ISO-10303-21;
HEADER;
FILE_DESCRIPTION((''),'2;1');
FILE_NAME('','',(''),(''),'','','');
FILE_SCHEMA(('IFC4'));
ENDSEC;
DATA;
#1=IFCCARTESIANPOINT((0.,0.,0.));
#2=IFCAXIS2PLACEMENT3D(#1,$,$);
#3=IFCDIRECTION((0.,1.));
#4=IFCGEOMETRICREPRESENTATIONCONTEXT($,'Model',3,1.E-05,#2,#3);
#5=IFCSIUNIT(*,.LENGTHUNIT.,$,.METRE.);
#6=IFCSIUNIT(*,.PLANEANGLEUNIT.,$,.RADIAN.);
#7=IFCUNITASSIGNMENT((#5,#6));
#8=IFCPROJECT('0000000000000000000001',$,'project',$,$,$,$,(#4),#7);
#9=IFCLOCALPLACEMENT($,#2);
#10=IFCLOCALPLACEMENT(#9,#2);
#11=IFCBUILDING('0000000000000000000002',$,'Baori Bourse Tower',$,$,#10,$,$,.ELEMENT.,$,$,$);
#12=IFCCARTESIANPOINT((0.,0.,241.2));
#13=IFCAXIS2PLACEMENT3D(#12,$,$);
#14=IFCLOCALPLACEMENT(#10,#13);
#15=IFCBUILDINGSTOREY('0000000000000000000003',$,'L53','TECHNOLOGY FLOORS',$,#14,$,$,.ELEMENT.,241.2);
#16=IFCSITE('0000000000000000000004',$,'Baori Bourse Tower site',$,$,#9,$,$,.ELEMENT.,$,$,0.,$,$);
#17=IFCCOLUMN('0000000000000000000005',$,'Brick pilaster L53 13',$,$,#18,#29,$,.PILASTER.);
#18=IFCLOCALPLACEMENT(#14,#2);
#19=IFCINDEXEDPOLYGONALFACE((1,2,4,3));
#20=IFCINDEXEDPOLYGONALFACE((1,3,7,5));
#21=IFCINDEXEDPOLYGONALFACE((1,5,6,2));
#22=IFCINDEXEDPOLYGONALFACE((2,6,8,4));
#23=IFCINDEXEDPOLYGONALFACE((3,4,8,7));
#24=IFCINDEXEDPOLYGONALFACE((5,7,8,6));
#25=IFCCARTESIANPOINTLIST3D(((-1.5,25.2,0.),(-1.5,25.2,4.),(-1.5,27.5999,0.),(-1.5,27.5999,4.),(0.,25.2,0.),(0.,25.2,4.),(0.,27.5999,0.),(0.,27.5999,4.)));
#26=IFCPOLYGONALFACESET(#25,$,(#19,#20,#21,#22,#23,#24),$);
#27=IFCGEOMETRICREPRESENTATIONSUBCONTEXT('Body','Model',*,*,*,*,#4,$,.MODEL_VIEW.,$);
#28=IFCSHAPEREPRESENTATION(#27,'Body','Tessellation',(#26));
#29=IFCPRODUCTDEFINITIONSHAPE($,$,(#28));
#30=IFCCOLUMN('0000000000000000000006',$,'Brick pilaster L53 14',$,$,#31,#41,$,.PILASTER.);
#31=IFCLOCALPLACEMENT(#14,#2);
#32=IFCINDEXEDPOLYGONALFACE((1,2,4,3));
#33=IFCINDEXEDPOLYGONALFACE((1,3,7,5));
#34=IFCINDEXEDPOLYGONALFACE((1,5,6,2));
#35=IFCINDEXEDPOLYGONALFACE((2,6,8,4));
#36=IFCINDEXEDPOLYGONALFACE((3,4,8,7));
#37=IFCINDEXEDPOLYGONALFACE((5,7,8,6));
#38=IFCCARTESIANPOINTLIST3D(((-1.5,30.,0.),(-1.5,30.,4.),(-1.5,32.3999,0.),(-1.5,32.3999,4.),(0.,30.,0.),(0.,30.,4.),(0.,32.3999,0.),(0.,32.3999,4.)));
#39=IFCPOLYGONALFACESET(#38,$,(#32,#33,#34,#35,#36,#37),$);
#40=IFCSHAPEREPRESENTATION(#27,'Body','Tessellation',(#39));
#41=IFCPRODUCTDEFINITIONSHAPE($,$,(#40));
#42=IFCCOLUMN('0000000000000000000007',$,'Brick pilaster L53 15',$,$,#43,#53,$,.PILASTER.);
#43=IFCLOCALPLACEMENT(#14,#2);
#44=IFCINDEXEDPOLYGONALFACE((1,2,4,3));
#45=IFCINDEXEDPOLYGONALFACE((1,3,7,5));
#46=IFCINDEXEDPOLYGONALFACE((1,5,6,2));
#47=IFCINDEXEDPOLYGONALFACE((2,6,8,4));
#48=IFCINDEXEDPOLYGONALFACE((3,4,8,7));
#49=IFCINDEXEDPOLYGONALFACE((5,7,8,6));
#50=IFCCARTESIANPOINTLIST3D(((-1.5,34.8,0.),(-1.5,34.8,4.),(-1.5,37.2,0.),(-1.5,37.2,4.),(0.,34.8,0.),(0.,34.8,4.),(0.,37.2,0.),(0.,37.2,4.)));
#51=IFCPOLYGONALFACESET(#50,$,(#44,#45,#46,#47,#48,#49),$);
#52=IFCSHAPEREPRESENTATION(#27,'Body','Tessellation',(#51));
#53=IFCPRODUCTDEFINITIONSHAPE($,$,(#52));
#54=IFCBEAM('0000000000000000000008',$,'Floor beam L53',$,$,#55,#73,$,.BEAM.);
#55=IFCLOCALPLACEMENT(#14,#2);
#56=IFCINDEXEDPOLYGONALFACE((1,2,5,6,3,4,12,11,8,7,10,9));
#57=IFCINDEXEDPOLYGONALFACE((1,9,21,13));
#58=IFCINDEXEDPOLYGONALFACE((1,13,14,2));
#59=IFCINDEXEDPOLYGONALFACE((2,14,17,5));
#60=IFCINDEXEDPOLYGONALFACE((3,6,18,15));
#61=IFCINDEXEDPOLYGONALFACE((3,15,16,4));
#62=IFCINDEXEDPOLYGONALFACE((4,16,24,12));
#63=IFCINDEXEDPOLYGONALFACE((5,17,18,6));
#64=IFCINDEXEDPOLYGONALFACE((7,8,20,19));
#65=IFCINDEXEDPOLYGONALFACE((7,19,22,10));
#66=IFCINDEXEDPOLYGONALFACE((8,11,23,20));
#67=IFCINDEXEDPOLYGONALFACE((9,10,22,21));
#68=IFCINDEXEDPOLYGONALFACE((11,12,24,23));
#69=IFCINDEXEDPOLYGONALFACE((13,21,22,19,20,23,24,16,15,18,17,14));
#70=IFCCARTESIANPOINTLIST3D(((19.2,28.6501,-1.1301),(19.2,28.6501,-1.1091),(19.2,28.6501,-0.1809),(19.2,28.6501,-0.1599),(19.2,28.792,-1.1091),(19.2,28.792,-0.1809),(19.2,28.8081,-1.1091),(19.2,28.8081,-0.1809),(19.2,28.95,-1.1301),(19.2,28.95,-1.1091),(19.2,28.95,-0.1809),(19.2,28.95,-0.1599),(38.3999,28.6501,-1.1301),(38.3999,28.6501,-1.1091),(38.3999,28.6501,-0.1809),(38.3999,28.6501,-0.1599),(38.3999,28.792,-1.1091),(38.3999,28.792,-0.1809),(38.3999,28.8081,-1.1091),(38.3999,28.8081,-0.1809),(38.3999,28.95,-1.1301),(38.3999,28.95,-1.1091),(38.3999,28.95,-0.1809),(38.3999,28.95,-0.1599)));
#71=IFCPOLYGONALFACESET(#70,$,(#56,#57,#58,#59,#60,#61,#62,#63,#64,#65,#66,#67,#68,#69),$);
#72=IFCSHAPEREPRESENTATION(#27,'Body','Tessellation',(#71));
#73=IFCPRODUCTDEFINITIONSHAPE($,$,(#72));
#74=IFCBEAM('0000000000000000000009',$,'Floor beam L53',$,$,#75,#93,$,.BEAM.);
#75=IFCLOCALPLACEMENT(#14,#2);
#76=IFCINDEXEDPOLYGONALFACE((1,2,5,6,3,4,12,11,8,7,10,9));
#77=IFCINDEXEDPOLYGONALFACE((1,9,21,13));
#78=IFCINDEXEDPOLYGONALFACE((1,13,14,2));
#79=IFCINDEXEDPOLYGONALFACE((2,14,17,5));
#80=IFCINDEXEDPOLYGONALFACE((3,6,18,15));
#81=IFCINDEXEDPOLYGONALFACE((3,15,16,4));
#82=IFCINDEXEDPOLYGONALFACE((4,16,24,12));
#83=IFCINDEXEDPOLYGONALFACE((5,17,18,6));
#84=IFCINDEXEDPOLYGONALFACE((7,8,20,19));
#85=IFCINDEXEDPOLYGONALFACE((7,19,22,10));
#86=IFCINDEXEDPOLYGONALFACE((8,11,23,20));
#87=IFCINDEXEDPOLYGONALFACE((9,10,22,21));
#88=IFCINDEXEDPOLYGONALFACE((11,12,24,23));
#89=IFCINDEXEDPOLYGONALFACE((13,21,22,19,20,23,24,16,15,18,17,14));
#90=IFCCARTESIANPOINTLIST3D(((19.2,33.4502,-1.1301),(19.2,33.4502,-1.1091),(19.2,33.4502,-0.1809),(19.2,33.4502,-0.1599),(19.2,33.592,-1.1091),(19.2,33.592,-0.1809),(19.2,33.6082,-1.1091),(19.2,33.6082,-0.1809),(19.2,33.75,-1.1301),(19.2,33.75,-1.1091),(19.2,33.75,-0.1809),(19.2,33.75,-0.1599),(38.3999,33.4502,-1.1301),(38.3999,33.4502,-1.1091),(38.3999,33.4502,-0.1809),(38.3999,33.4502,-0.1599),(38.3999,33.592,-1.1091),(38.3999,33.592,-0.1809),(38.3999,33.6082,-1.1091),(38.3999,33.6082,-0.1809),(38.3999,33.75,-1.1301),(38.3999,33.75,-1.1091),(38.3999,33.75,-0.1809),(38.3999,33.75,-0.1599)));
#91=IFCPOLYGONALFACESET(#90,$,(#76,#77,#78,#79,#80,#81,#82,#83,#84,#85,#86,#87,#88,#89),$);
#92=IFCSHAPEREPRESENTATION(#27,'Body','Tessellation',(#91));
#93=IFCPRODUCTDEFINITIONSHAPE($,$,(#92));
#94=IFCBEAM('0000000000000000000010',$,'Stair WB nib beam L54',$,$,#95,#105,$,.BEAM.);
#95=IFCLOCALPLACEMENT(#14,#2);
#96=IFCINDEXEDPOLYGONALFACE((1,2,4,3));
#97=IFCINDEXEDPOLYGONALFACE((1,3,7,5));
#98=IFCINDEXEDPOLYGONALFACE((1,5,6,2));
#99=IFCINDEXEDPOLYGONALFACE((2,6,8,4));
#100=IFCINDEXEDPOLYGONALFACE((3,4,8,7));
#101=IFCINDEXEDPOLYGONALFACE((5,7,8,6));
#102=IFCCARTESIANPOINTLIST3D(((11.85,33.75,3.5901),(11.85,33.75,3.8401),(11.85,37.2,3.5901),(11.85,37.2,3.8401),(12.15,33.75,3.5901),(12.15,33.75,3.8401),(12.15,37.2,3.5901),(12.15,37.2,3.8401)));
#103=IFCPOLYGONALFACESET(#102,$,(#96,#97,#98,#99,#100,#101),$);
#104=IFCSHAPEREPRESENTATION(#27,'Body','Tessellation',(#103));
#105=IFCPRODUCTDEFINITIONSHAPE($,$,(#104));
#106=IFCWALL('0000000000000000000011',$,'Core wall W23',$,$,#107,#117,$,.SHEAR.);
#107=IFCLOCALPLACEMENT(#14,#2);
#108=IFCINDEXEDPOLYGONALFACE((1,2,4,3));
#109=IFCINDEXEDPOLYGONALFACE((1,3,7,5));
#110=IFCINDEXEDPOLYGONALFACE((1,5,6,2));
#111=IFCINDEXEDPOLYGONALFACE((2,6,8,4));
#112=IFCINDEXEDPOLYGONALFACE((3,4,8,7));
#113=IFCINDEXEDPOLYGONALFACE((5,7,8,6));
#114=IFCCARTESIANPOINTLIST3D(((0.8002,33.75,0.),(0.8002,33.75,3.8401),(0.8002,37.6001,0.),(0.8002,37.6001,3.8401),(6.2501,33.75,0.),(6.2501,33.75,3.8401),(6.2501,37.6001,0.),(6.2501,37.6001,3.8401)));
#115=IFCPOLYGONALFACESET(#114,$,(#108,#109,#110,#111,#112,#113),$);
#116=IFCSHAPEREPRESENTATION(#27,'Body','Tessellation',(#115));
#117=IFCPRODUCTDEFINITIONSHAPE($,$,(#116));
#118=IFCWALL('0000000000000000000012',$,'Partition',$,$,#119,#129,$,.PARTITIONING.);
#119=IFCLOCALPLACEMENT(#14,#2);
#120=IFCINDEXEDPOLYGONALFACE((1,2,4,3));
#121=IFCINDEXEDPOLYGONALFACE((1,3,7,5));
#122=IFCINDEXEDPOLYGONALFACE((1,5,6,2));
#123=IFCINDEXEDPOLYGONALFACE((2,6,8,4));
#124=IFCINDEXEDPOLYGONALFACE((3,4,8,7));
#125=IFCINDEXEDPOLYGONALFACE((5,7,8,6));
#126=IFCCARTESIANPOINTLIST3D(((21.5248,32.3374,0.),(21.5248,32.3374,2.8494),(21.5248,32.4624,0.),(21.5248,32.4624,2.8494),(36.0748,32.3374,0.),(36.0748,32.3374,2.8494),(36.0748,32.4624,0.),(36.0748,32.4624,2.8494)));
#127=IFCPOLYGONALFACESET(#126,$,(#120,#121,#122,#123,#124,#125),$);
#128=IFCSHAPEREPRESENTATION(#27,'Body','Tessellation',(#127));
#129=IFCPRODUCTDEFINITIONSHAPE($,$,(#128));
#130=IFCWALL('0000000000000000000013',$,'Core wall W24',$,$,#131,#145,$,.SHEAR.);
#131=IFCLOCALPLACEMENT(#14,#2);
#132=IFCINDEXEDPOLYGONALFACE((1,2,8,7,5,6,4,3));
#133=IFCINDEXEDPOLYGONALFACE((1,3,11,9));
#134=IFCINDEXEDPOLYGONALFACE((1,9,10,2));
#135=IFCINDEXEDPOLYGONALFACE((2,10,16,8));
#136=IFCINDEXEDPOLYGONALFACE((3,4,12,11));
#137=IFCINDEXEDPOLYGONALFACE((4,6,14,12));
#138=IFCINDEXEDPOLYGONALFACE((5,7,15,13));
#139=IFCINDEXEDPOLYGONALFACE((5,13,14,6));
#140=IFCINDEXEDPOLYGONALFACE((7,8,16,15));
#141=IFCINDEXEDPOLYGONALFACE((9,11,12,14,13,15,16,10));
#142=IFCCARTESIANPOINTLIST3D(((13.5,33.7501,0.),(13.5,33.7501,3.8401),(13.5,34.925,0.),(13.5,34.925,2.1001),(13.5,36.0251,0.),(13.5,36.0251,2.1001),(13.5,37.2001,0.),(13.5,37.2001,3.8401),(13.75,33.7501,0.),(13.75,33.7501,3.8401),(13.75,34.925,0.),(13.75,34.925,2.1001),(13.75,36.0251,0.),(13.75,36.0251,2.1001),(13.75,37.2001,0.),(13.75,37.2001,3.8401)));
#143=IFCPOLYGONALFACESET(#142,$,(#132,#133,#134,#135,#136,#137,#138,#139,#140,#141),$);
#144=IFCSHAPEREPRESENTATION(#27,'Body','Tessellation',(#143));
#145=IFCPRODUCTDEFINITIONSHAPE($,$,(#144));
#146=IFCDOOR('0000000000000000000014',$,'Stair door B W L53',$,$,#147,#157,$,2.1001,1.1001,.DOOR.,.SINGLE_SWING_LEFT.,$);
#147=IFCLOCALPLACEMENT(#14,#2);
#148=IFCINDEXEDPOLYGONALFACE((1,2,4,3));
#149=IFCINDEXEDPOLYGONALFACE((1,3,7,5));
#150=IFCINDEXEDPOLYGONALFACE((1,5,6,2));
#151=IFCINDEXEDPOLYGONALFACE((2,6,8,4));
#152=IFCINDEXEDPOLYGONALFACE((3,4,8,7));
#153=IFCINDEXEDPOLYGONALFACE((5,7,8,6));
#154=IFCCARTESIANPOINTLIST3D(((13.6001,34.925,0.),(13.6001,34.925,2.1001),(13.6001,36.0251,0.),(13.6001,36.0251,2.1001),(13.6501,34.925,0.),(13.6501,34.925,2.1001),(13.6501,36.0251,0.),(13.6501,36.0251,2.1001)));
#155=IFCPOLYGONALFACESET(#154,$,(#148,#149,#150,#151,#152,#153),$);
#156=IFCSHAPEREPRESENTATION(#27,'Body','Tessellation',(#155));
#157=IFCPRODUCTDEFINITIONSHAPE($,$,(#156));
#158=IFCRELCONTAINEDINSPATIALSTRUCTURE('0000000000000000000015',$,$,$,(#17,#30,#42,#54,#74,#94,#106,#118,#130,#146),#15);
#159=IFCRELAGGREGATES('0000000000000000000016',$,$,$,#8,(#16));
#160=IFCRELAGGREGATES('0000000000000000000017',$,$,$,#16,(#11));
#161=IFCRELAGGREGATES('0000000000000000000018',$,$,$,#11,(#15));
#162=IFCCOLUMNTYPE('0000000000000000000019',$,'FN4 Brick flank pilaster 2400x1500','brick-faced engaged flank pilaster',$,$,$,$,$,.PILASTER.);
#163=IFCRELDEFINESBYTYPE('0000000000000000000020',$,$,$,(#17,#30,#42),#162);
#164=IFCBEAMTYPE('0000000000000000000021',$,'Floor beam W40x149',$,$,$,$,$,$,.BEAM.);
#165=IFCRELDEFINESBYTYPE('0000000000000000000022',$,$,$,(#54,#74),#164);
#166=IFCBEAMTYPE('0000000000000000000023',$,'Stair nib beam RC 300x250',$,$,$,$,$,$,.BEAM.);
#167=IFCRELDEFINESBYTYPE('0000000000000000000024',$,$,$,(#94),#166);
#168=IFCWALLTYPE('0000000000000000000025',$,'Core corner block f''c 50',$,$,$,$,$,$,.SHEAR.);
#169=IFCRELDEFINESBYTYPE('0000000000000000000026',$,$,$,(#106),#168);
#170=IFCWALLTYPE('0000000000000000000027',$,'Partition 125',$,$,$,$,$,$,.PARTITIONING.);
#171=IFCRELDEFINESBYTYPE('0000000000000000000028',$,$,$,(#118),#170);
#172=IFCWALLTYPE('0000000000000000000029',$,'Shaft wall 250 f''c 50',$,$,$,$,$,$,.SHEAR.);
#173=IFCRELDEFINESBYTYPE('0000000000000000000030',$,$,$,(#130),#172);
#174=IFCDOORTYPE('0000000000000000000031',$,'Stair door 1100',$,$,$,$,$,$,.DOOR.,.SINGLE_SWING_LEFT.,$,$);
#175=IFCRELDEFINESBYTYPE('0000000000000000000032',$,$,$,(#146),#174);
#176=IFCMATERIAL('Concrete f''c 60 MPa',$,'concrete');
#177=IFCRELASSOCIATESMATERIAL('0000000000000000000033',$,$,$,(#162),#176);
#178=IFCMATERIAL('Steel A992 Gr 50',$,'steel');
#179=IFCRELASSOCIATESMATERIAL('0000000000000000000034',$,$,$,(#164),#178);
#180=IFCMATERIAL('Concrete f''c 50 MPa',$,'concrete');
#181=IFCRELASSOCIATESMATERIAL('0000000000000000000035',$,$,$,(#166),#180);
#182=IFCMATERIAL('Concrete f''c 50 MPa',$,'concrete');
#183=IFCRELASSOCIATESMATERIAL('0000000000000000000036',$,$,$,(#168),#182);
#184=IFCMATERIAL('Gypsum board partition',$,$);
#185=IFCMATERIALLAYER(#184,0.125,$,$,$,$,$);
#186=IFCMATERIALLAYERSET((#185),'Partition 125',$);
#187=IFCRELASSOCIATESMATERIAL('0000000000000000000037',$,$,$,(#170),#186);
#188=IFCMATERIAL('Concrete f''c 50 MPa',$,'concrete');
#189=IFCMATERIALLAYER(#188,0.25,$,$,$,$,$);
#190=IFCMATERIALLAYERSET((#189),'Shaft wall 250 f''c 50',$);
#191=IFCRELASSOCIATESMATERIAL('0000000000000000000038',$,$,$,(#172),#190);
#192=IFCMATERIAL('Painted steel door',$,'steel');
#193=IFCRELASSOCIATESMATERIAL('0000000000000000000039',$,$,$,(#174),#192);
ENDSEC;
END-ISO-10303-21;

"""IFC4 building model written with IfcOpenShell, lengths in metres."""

from ifc_helpers import new_model, si_unit, direction, frame, frame_2d, origin, origin_2d, place, context, subcontext, project, spatial, rectangle, i_section, extrude, material, layer, layer_set, material_profile, profile_set, type_object, element, fill, save


model = new_model("IFC4")

# Units and contexts
model_context = context("Model", 3, precision=1e-05, world=origin(), true_north=direction((0.0, 1.0)))
body_context = subcontext(model_context, "Body", "Model", "MODEL_VIEW")
ifc_project = project(units=[si_unit("LENGTHUNIT", "METRE"), si_unit("PLANEANGLEUNIT", "RADIAN")], contexts=[model_context])

# Site, building, storey
site_placement = place(None, origin())
site = spatial("IfcSite", under=ifc_project, at=site_placement, Name="Baori Bourse Tower site", CompositionType="ELEMENT", RefElevation=0.0)
building_placement = place(site_placement, origin())
building = spatial("IfcBuilding", under=site, at=building_placement, Name="Baori Bourse Tower", CompositionType="ELEMENT")
storey_placement = place(building_placement, frame((0.0, 0.0, 241.2)))
storey = spatial("IfcBuildingStorey", under=building, at=storey_placement, Name="L53", Description="TECHNOLOGY FLOORS", CompositionType="ELEMENT", Elevation=241.2)

# Columns
ifc_material_1 = material(Name="Concrete f'c 60 MPa", Category="concrete")
ifc_material_profile_1 = material_profile(ifc_material_1, rectangle(XDim=2.3999, YDim=1.5, at=origin_2d()), Name="RC 2400x1500")
ifc_profile_set_1 = profile_set([ifc_material_profile_1], Name="Concrete f'c 60 MPa")
column_type = type_object("IfcColumnType", Name="FN4 Brick flank pilaster 2400x1500", Description="brick-faced engaged flank pilaster", PredefinedType="PILASTER", material=ifc_profile_set_1)
for number, where, z_axis, x_axis, name in (
    (1, (-0.75, 26.3999, 0.0), (0.0, 0.0, 1.0), (0.0, 1.0, 0.0), "Brick pilaster L53 13"),
    (2, (-0.75, 31.2, 0.0), (0.0, 0.0, 1.0), (0.0, 1.0, 0.0), "Brick pilaster L53 14"),
    (3, (-0.75, 36.0, 0.0), (0.0, 0.0, 1.0), (0.0, 1.0, 0.0), "Brick pilaster L53 15"),
):
    element("IfcColumn", number, at=place(storey_placement, frame(where, z_axis=z_axis, x_axis=x_axis)), inside=storey, type_object=column_type, Name=name, PredefinedType="PILASTER", context=body_context, shape_type="SweptSolid", body=[
        extrude(rectangle(XDim=2.3999, YDim=1.5, at=origin_2d()), origin(), (0.0, 0.0, 1.0), 4.0),
    ])

# Beams
ifc_material_2 = material(Name="Steel A992 Gr 50", Category="steel")
ifc_material_profile_2 = material_profile(ifc_material_2, i_section(OverallWidth=0.2998, OverallDepth=0.9702, WebThickness=0.0161, FlangeThickness=0.021, at=origin_2d()), Name="W40x149")
ifc_profile_set_2 = profile_set([ifc_material_profile_2], Name="Steel A992 Gr 50")
beam_type_1 = type_object("IfcBeamType", Name="Floor beam W40x149", PredefinedType="BEAM", material=ifc_profile_set_2)
for number, where, z_axis, x_axis, name in (
    (4, (19.2, 28.8, -0.645), (1.0, 0.0, 0.0), (0.0, 1.0, 0.0), "Floor beam L53"),
    (5, (19.2, 33.6001, -0.645), (1.0, 0.0, 0.0), (0.0, 1.0, 0.0), "Floor beam L53"),
):
    element("IfcBeam", number, at=place(storey_placement, frame(where, z_axis=z_axis, x_axis=x_axis)), inside=storey, type_object=beam_type_1, Name=name, PredefinedType="BEAM", context=body_context, shape_type="SweptSolid", body=[
        extrude(i_section(OverallWidth=0.2998, OverallDepth=0.9702, WebThickness=0.0161, FlangeThickness=0.021, at=origin_2d()), origin(), (0.0, 0.0, 1.0), 19.2),
    ])
ifc_material_3 = material(Name="Concrete f'c 50 MPa", Category="concrete")
ifc_material_profile_3 = material_profile(ifc_material_3, rectangle(XDim=0.3, YDim=0.25, at=origin_2d()), Name="RC 300x250")
ifc_profile_set_3 = profile_set([ifc_material_profile_3], Name="Concrete f'c 50 MPa")
beam_type_2 = type_object("IfcBeamType", Name="Stair nib beam RC 300x250", PredefinedType="BEAM", material=ifc_profile_set_3)
beam_placement = place(storey_placement, frame((12.0, 33.75, 3.7151), z_axis=(0.0, 1.0, 0.0), x_axis=(-1.0, 0.0, 0.0)))
element("IfcBeam", 6, at=beam_placement, inside=storey, type_object=beam_type_2, Name="Stair WB nib beam L54", PredefinedType="BEAM", context=body_context, shape_type="SweptSolid", body=[
    extrude(rectangle(XDim=0.3, YDim=0.25, at=origin_2d()), origin(), (0.0, 0.0, 1.0), 3.45),
])

# Walls
ifc_material_4 = material(Name="Concrete f'c 50 MPa", Category="concrete")
wall_type_1 = type_object("IfcWallType", Name="Core corner block f'c 50", PredefinedType="SHEAR", material=ifc_material_4)
wall_1_placement = place(storey_placement, frame((0.8, 35.675, 0.0), z_axis=(0.0, 0.0, 1.0), x_axis=(1.0, 0.0, 0.0)))
element("IfcWall", 7, at=wall_1_placement, inside=storey, type_object=wall_type_1, Name="Core wall W23", PredefinedType="SHEAR", context=body_context, shape_type="SweptSolid", body=[
    extrude(rectangle(XDim=5.45, YDim=3.8501, at=frame_2d((2.7251, 0.0))), origin(), (0.0, 0.0, 1.0), 3.8401),
])
ifc_material_5 = material(Name="Gypsum board partition")
ifc_layer_1 = layer(ifc_material_5, 0.125)
ifc_layer_set_1 = layer_set([ifc_layer_1], Name="Partition 125")
wall_type_2 = type_object("IfcWallType", Name="Partition 125", PredefinedType="PARTITIONING", material=ifc_layer_set_1)
wall_2_placement = place(storey_placement, frame((21.5249, 32.3999, 0.0), z_axis=(0.0, 0.0, 1.0), x_axis=(1.0, 0.0, 0.0)))
element("IfcWall", 8, at=wall_2_placement, inside=storey, type_object=wall_type_2, Name="Partition", PredefinedType="PARTITIONING", context=body_context, shape_type="SweptSolid", body=[
    extrude(rectangle(XDim=14.55, YDim=0.125, at=frame_2d((7.2749, 0.0))), origin(), (0.0, 0.0, 1.0), 2.8494),
])

# Wall, opening, door
ifc_material_6 = material(Name="Concrete f'c 50 MPa", Category="concrete")
ifc_layer_2 = layer(ifc_material_6, 0.25)
ifc_layer_set_2 = layer_set([ifc_layer_2], Name="Shaft wall 250 f'c 50")
wall_type_3 = type_object("IfcWallType", Name="Shaft wall 250 f'c 50", PredefinedType="SHEAR", material=ifc_layer_set_2)
wall_3_placement = place(storey_placement, frame((13.625, 33.75, 0.0), z_axis=(0.0, 0.0, 1.0), x_axis=(0.0, 1.0, 0.0)))
wall_3 = element("IfcWall", 9, at=wall_3_placement, inside=storey, type_object=wall_type_3, Name="Core wall W24", PredefinedType="SHEAR", context=body_context, shape_type="SweptSolid", body=[
    extrude(rectangle(XDim=3.45, YDim=0.25, at=frame_2d((1.7251, 0.0))), origin(), (0.0, 0.0, 1.0), 3.8401),
])
opening_1_placement = place(wall_3_placement, frame((1.175, 0.0, 0.0)))
opening_1 = element("IfcOpeningElement", 10, at=opening_1_placement, cuts=wall_3, PredefinedType="OPENING", context=body_context, shape_type="SweptSolid", body=[
    extrude(rectangle(XDim=1.1001, YDim=2.1001, at=frame_2d((0.55, 1.05))), frame((0.0, 0.135, 0.0), z_axis=(0.0, -1.0, 0.0), x_axis=(1.0, 0.0, 0.0)), (0.0, 0.0, 1.0), 0.27),
])
ifc_material_7 = material(Name="Painted steel door", Category="steel")
door_type_1 = type_object("IfcDoorType", Name="Stair door 1100", OperationType="SINGLE_SWING_LEFT", PredefinedType="DOOR", material=ifc_material_7)
door_1_placement = place(opening_1_placement, origin())
door_1 = element("IfcDoor", 11, at=door_1_placement, inside=storey, type_object=door_type_1, Name="Stair door B W L53", OperationType="SINGLE_SWING_LEFT", OverallHeight=2.1001, OverallWidth=1.1001, PredefinedType="DOOR", context=body_context, shape_type="SweptSolid", body=[
    extrude(rectangle(XDim=1.1001, YDim=2.1001, at=frame_2d((0.55, 1.05))), frame((0.0, 0.0249, 0.0), z_axis=(0.0, -1.0, 0.0), x_axis=(1.0, 0.0, 0.0)), (0.0, 0.0, 1.0), 0.05),
])
fill(opening_1, door_1)

save(model, "model.ifc")
